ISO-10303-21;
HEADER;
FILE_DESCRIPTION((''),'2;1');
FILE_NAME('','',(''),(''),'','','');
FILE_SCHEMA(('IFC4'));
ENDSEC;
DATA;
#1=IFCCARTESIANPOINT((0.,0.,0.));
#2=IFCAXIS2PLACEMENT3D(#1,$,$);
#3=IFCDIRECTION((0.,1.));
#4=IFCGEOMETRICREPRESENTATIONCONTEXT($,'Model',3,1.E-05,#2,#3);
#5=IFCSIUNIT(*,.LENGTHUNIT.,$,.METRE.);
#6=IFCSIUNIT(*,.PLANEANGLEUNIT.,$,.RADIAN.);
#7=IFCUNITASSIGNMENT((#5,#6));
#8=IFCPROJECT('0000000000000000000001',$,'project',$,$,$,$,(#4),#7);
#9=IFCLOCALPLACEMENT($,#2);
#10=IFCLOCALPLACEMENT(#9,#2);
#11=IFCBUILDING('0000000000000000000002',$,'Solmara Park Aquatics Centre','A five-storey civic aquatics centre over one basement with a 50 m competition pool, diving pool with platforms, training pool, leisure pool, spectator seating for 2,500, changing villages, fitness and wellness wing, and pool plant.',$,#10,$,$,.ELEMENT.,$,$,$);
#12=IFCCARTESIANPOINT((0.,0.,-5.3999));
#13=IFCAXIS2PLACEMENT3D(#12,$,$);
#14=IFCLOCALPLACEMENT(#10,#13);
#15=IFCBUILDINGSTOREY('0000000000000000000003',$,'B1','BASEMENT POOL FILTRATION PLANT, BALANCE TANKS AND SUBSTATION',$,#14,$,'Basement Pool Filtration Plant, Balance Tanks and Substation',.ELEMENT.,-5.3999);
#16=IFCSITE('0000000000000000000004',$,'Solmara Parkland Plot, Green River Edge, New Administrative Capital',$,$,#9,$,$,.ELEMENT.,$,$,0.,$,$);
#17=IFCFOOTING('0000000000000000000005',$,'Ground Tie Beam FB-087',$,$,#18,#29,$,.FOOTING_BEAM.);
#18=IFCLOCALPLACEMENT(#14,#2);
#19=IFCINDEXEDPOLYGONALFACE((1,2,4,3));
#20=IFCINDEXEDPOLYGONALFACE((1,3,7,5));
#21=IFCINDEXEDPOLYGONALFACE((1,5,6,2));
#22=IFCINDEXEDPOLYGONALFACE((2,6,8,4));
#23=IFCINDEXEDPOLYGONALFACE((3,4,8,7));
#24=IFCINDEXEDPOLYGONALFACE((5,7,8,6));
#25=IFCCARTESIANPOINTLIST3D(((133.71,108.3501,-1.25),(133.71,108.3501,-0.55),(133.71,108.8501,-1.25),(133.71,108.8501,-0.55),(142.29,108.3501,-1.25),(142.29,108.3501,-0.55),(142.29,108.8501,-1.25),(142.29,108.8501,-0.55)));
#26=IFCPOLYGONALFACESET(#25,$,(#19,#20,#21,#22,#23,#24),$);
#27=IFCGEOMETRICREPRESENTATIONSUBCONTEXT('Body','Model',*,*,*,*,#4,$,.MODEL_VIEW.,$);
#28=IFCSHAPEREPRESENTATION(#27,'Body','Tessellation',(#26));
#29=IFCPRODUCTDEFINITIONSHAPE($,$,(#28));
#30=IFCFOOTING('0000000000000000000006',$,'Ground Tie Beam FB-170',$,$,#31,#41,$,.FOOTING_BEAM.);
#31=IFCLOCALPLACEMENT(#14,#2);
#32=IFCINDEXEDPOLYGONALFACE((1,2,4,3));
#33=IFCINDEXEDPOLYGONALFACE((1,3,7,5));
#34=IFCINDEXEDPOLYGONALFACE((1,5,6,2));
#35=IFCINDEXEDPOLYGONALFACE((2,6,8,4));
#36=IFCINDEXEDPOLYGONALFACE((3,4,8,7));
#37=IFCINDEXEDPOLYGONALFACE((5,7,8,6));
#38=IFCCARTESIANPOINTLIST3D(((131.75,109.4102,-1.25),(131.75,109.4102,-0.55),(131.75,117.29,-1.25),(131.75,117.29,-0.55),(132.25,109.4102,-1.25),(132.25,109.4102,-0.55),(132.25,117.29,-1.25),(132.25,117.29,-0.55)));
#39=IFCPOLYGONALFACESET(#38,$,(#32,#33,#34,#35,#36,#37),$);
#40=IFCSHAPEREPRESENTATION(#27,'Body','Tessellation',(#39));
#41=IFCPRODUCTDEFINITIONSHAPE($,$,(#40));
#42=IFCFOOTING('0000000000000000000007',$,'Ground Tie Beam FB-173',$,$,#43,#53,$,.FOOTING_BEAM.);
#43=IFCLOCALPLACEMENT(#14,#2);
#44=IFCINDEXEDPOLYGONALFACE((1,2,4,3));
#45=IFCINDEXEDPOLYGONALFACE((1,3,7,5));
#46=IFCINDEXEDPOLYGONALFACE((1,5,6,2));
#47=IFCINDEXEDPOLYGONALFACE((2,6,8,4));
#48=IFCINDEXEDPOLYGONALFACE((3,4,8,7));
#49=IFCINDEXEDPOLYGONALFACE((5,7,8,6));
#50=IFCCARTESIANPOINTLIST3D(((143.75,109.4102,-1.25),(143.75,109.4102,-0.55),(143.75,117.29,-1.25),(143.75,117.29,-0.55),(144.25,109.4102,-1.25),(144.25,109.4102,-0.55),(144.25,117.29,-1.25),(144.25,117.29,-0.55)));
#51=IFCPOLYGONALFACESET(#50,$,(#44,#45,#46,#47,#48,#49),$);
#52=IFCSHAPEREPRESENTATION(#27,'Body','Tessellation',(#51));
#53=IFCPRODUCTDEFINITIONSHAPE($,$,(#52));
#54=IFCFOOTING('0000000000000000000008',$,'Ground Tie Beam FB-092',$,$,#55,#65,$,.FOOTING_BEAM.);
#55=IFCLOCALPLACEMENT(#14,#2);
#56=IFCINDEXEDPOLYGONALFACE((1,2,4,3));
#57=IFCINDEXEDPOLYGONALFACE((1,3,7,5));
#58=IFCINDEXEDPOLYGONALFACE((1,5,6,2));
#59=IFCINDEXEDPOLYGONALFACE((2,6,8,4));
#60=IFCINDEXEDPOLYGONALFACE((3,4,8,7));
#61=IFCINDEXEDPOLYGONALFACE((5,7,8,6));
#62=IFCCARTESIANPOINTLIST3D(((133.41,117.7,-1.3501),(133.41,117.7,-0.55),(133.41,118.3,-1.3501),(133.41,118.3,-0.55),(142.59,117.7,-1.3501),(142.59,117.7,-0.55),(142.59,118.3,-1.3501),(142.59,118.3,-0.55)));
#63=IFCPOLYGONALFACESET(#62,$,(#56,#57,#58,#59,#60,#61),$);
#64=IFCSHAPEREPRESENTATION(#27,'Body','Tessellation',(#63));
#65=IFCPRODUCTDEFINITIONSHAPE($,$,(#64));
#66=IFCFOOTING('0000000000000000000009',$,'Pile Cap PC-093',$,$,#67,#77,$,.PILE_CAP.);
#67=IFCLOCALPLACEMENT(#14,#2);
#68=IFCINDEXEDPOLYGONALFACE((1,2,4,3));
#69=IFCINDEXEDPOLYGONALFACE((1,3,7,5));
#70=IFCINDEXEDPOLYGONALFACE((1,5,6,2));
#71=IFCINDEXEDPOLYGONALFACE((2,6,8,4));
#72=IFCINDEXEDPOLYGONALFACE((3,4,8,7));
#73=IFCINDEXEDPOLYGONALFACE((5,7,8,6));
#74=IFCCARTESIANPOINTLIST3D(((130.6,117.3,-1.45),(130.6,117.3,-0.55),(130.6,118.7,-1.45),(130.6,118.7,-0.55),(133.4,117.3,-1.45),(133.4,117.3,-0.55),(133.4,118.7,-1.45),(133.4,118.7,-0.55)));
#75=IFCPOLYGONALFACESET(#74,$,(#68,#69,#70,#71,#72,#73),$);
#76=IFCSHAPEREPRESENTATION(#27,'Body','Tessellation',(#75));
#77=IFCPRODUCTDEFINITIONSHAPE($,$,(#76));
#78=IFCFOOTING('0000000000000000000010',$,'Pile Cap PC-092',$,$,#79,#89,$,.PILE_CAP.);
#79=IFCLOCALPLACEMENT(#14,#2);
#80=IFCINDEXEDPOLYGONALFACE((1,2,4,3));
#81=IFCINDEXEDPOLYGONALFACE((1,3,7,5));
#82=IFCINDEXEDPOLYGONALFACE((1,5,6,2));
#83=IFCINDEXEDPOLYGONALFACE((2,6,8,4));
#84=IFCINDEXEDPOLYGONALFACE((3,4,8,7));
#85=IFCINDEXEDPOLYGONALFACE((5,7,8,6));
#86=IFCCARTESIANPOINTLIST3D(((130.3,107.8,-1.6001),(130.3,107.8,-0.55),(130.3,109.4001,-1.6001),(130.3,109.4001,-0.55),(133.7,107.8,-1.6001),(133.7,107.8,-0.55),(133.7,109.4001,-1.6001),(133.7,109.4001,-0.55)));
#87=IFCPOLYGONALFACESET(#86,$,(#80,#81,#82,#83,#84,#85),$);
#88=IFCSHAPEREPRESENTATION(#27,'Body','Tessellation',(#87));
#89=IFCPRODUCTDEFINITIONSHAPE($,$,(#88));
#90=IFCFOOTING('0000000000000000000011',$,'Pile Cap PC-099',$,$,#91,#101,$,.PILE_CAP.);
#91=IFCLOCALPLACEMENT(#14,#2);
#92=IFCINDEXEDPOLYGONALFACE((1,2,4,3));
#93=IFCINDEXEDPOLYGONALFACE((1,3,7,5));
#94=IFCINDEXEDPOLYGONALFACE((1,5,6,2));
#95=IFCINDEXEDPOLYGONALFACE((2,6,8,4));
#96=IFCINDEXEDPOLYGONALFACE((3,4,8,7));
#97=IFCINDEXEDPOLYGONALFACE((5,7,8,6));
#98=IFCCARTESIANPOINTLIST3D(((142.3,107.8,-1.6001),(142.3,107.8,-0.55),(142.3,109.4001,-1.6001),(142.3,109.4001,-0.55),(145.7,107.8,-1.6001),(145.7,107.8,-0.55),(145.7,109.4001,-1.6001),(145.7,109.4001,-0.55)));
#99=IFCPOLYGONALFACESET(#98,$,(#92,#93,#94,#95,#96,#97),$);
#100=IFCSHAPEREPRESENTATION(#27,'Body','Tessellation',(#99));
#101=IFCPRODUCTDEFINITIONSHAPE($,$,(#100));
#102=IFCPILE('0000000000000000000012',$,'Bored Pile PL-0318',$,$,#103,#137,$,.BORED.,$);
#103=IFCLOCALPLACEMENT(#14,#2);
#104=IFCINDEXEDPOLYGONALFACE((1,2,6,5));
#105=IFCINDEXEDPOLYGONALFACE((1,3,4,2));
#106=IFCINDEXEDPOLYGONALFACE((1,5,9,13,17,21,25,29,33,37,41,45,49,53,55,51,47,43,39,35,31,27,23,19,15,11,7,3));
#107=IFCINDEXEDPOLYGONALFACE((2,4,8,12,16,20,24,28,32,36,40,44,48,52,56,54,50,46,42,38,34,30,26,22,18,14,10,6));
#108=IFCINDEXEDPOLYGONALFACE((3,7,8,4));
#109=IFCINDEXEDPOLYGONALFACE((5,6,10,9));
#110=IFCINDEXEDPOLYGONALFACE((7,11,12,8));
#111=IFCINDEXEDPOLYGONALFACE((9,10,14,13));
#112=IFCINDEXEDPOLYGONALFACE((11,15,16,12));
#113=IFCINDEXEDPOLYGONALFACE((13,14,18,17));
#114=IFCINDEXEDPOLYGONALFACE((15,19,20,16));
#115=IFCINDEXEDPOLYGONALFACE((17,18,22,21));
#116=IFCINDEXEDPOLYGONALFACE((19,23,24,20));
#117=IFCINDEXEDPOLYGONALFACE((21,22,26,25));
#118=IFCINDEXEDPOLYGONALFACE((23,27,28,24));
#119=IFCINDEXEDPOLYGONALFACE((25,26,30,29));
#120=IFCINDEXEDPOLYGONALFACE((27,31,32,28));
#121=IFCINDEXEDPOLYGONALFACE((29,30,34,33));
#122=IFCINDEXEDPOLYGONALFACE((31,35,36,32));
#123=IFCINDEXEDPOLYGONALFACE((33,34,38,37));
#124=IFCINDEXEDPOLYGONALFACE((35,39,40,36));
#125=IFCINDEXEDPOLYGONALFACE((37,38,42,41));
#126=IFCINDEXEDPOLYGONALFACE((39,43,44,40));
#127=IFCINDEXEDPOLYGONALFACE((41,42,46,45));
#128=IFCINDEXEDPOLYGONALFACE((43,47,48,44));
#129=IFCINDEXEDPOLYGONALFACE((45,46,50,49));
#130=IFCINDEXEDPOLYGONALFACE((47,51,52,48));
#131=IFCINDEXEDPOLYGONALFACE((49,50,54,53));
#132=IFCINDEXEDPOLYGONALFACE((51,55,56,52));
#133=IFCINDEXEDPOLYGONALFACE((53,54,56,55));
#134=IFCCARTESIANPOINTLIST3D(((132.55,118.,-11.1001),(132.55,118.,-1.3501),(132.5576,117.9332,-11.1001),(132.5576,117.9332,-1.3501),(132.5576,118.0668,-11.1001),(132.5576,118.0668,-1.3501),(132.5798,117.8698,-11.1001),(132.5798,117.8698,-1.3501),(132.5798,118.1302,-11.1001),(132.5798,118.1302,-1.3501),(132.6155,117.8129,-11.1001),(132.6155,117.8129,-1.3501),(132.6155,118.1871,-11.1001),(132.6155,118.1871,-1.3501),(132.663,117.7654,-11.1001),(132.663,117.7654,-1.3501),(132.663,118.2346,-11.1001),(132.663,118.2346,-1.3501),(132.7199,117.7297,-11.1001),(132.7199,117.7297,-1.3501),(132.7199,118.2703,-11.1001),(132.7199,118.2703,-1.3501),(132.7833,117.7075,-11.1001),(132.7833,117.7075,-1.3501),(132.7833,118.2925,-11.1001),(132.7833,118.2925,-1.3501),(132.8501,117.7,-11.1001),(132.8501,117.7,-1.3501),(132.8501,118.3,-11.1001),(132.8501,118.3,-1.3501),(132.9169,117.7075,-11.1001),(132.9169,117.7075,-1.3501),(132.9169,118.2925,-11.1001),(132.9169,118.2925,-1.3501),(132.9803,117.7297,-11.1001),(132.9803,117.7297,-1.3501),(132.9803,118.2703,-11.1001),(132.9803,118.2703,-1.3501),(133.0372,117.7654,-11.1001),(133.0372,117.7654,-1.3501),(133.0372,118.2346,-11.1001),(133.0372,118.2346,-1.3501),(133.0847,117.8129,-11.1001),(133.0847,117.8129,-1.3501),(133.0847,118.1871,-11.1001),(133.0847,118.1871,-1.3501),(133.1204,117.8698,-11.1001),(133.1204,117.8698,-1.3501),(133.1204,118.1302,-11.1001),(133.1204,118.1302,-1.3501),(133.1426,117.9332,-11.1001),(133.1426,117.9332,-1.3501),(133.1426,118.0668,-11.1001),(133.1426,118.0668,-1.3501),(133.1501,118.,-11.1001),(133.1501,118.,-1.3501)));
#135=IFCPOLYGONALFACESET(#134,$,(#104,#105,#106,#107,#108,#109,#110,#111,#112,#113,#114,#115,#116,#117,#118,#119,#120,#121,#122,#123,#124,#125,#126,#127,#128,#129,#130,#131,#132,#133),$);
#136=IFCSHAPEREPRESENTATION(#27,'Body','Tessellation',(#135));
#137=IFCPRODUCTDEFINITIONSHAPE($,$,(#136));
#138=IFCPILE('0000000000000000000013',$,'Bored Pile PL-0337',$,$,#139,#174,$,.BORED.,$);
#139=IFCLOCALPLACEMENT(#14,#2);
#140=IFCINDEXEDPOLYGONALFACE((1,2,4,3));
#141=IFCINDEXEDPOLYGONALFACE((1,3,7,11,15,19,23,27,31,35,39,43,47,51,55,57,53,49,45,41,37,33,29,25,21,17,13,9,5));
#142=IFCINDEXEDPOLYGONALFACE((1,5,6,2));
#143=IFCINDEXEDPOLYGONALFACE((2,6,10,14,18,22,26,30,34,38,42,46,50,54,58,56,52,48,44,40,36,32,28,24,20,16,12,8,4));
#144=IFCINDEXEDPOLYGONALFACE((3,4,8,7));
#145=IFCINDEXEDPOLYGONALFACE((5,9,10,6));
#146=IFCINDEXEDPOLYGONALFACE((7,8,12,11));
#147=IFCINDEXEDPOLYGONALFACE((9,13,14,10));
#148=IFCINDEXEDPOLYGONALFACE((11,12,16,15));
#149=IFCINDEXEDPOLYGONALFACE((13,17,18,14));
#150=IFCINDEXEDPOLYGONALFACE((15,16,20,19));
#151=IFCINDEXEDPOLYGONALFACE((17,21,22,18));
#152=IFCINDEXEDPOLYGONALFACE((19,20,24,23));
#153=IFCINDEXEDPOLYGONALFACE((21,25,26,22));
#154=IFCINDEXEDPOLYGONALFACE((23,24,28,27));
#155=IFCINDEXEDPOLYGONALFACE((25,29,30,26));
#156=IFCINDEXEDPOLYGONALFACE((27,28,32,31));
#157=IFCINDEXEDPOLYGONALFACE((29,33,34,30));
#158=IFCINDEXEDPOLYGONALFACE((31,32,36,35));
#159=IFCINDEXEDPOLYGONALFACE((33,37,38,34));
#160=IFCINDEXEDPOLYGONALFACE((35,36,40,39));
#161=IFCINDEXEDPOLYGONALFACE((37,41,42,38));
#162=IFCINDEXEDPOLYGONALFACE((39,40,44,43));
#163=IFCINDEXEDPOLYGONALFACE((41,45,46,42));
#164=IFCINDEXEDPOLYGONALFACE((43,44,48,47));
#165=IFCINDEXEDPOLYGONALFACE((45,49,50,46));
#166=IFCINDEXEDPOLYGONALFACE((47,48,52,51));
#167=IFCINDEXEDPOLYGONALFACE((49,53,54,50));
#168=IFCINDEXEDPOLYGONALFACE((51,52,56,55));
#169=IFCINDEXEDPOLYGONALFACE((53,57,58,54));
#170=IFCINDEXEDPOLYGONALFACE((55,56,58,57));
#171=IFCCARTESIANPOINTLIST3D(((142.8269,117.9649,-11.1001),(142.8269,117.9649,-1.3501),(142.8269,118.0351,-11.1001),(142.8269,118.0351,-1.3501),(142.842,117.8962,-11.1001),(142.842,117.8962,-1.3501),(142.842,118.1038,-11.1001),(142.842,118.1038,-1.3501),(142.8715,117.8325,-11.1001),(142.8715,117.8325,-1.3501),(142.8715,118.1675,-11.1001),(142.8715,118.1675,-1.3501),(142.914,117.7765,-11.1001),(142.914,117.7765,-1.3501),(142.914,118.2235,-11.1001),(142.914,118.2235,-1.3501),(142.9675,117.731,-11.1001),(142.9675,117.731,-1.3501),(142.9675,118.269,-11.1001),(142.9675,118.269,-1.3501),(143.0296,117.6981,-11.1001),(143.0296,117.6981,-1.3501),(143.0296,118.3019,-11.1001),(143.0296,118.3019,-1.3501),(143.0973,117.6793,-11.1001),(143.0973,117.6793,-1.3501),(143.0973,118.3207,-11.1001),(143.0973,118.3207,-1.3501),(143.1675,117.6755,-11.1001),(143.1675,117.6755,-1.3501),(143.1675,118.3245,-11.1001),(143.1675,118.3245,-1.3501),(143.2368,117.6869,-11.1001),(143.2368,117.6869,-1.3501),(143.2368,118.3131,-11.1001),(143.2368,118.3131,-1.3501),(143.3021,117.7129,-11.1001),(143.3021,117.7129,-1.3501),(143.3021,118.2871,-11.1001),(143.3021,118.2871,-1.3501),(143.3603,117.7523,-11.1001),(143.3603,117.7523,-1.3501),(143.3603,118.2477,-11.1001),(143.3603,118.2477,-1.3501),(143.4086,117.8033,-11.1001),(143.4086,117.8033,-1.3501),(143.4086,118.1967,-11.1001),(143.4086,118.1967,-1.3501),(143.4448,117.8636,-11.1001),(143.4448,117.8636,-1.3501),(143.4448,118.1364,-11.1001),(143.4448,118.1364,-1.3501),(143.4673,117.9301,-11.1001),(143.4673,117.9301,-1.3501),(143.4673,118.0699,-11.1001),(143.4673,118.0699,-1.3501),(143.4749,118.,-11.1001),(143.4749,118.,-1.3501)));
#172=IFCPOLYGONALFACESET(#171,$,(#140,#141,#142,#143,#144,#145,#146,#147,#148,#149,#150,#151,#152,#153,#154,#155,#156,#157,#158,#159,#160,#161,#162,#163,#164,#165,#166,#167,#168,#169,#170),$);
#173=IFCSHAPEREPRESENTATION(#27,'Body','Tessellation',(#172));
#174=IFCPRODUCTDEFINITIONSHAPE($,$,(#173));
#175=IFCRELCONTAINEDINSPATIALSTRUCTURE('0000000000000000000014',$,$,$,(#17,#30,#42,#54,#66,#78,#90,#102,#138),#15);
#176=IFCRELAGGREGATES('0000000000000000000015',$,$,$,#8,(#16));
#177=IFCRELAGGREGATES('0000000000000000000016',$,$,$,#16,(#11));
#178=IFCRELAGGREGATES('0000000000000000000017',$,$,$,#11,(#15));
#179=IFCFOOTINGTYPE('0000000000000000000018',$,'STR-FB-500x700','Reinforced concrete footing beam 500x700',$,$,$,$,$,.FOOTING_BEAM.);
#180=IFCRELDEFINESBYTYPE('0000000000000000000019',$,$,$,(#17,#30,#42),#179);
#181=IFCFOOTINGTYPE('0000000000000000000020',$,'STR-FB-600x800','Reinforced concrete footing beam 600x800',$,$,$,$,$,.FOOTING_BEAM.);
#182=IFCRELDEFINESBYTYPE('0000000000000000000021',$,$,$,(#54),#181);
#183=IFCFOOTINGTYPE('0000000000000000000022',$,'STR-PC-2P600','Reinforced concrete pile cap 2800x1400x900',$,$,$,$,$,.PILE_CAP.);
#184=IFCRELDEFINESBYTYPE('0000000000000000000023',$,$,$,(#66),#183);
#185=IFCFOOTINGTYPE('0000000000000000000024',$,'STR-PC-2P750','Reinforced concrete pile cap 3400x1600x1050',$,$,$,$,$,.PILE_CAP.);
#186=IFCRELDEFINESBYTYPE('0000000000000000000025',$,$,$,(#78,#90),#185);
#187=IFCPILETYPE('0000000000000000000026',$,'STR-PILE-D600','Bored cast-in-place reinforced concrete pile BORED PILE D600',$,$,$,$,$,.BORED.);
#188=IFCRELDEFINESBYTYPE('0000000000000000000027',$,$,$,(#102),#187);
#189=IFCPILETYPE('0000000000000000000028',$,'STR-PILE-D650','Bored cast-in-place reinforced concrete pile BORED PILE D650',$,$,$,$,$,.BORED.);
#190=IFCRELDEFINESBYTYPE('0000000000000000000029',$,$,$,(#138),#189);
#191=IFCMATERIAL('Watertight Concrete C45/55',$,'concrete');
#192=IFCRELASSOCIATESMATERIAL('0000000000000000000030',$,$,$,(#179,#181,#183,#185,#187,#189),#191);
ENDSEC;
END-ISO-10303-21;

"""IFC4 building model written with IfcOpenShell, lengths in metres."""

from ifc_helpers import new_model, si_unit, direction, frame, origin, origin_2d, place, context, subcontext, project, spatial, rectangle, circle, extrude, material, material_profile, profile_set, type_object, element, save


model = new_model("IFC4")

# Units and contexts
model_context = context("Model", 3, precision=1e-05, world=origin(), true_north=direction((0.0, 1.0)))
body_context = subcontext(model_context, "Body", "Model", "MODEL_VIEW")
ifc_project = project(units=[si_unit("LENGTHUNIT", "METRE"), si_unit("PLANEANGLEUNIT", "RADIAN")], contexts=[model_context])

# Site, building, storey
site_placement = place(None, origin())
site = spatial("IfcSite", under=ifc_project, at=site_placement, Name="Solmara Parkland Plot, Green River Edge, New Administrative Capital", CompositionType="ELEMENT", RefElevation=0.0)
building_placement = place(site_placement, origin())
building = spatial("IfcBuilding", under=site, at=building_placement, Name="Solmara Park Aquatics Centre", Description="A five-storey civic aquatics centre over one basement with a 50 m competition pool, diving pool with platforms, training pool, leisure pool, spectator seating for 2,500, changing villages, fitness and wellness wing, and pool plant.", CompositionType="ELEMENT")
storey_placement = place(building_placement, frame((0.0, 0.0, -5.3999)))
storey = spatial("IfcBuildingStorey", under=building, at=storey_placement, Name="B1", Description="BASEMENT POOL FILTRATION PLANT, BALANCE TANKS AND SUBSTATION", LongName="Basement Pool Filtration Plant, Balance Tanks and Substation", CompositionType="ELEMENT", Elevation=-5.3999)

# Footings
ifc_material_1 = material(Name="Watertight Concrete C45/55", Category="concrete")
footing_type_1 = type_object("IfcFootingType", Name="STR-FB-500x700", Description="Reinforced concrete footing beam 500x700", PredefinedType="FOOTING_BEAM", material=ifc_material_1)
footing_1_placement = place(storey_placement, frame((138.0, 108.6001, -1.25), z_axis=(0.0, 0.0, 1.0), x_axis=(1.0, 0.0, 0.0)))
element("IfcFooting", 1, at=footing_1_placement, inside=storey, type_object=footing_type_1, Name="Ground Tie Beam FB-087", PredefinedType="FOOTING_BEAM", context=body_context, shape_type="SweptSolid", body=[
    extrude(rectangle(XDim=8.5801, YDim=0.5, at=origin_2d()), origin(), (0.0, 0.0, 1.0), 0.7),
])
for number, where, z_axis, x_axis, name in (
    (2, (132.0, 113.3501, -1.25), (0.0, 0.0, 1.0), (1.0, 0.0, 0.0), "Ground Tie Beam FB-170"),
    (3, (144.0, 113.3501, -1.25), (0.0, 0.0, 1.0), (1.0, 0.0, 0.0), "Ground Tie Beam FB-173"),
):
    element("IfcFooting", number, at=place(storey_placement, frame(where, z_axis=z_axis, x_axis=x_axis)), inside=storey, type_object=footing_type_1, Name=name, PredefinedType="FOOTING_BEAM", context=body_context, shape_type="SweptSolid", body=[
        extrude(rectangle(XDim=0.5, YDim=7.8799, at=origin_2d()), origin(), (0.0, 0.0, 1.0), 0.7),
    ])
footing_type_2 = type_object("IfcFootingType", Name="STR-FB-600x800", Description="Reinforced concrete footing beam 600x800", PredefinedType="FOOTING_BEAM", material=ifc_material_1)
footing_2_placement = place(storey_placement, frame((138.0, 118.0, -1.3501), z_axis=(0.0, 0.0, 1.0), x_axis=(1.0, 0.0, 0.0)))
element("IfcFooting", 4, at=footing_2_placement, inside=storey, type_object=footing_type_2, Name="Ground Tie Beam FB-092", PredefinedType="FOOTING_BEAM", context=body_context, shape_type="SweptSolid", body=[
    extrude(rectangle(XDim=9.1799, YDim=0.6001, at=origin_2d()), origin(), (0.0, 0.0, 1.0), 0.8),
])
footing_type_3 = type_object("IfcFootingType", Name="STR-PC-2P600", Description="Reinforced concrete pile cap 2800x1400x900", PredefinedType="PILE_CAP", material=ifc_material_1)
footing_3_placement = place(storey_placement, frame((132.0, 118.0, -1.45), z_axis=(0.0, 0.0, 1.0), x_axis=(1.0, 0.0, 0.0)))
element("IfcFooting", 5, at=footing_3_placement, inside=storey, type_object=footing_type_3, Name="Pile Cap PC-093", PredefinedType="PILE_CAP", context=body_context, shape_type="SweptSolid", body=[
    extrude(rectangle(XDim=2.8, YDim=1.3999, at=origin_2d()), origin(), (0.0, 0.0, 1.0), 0.8999),
])
footing_type_4 = type_object("IfcFootingType", Name="STR-PC-2P750", Description="Reinforced concrete pile cap 3400x1600x1050", PredefinedType="PILE_CAP", material=ifc_material_1)
for number, where, z_axis, x_axis, name in (
    (6, (132.0, 108.6001, -1.6001), (0.0, 0.0, 1.0), (1.0, 0.0, 0.0), "Pile Cap PC-092"),
    (7, (144.0, 108.6001, -1.6001), (0.0, 0.0, 1.0), (1.0, 0.0, 0.0), "Pile Cap PC-099"),
):
    element("IfcFooting", number, at=place(storey_placement, frame(where, z_axis=z_axis, x_axis=x_axis)), inside=storey, type_object=footing_type_4, Name=name, PredefinedType="PILE_CAP", context=body_context, shape_type="SweptSolid", body=[
        extrude(rectangle(XDim=3.3999, YDim=1.6001, at=origin_2d()), origin(), (0.0, 0.0, 1.0), 1.05),
    ])

# Piles
ifc_material_profile_1 = material_profile(ifc_material_1, circle(Radius=0.3, at=origin_2d()), Name="BORED PILE D600")
ifc_profile_set_1 = profile_set([ifc_material_profile_1], Name="Watertight Concrete C45/55")
pile_type_1 = type_object("IfcPileType", Name="STR-PILE-D600", Description="Bored cast-in-place reinforced concrete pile BORED PILE D600", PredefinedType="BORED", material=ifc_profile_set_1)
pile_1_placement = place(storey_placement, frame((132.8501, 118.0, -1.3501), z_axis=(0.0, 0.0, -1.0), x_axis=(1.0, 0.0, 0.0)))
element("IfcPile", 8, at=pile_1_placement, inside=storey, type_object=pile_type_1, Name="Bored Pile PL-0318", PredefinedType="BORED", context=body_context, shape_type="SweptSolid", body=[
    extrude(circle(Radius=0.3, at=origin_2d()), origin(), (0.0, 0.0, 1.0), 9.75),
])
ifc_material_profile_2 = material_profile(ifc_material_1, circle(Radius=0.325, at=origin_2d()), Name="BORED PILE D650")
ifc_profile_set_2 = profile_set([ifc_material_profile_2], Name="Watertight Concrete C45/55")
pile_type_2 = type_object("IfcPileType", Name="STR-PILE-D650", Description="Bored cast-in-place reinforced concrete pile BORED PILE D650", PredefinedType="BORED", material=ifc_profile_set_2)
pile_2_placement = place(storey_placement, frame((143.1499, 118.0, -1.3501), z_axis=(0.0, 0.0, -1.0), x_axis=(1.0, 0.0, 0.0)))
element("IfcPile", 9, at=pile_2_placement, inside=storey, type_object=pile_type_2, Name="Bored Pile PL-0337", PredefinedType="BORED", context=body_context, shape_type="SweptSolid", body=[
    extrude(circle(Radius=0.325, at=origin_2d()), origin(), (0.0, 0.0, 1.0), 9.75),
])

save(model, "model.ifc")
